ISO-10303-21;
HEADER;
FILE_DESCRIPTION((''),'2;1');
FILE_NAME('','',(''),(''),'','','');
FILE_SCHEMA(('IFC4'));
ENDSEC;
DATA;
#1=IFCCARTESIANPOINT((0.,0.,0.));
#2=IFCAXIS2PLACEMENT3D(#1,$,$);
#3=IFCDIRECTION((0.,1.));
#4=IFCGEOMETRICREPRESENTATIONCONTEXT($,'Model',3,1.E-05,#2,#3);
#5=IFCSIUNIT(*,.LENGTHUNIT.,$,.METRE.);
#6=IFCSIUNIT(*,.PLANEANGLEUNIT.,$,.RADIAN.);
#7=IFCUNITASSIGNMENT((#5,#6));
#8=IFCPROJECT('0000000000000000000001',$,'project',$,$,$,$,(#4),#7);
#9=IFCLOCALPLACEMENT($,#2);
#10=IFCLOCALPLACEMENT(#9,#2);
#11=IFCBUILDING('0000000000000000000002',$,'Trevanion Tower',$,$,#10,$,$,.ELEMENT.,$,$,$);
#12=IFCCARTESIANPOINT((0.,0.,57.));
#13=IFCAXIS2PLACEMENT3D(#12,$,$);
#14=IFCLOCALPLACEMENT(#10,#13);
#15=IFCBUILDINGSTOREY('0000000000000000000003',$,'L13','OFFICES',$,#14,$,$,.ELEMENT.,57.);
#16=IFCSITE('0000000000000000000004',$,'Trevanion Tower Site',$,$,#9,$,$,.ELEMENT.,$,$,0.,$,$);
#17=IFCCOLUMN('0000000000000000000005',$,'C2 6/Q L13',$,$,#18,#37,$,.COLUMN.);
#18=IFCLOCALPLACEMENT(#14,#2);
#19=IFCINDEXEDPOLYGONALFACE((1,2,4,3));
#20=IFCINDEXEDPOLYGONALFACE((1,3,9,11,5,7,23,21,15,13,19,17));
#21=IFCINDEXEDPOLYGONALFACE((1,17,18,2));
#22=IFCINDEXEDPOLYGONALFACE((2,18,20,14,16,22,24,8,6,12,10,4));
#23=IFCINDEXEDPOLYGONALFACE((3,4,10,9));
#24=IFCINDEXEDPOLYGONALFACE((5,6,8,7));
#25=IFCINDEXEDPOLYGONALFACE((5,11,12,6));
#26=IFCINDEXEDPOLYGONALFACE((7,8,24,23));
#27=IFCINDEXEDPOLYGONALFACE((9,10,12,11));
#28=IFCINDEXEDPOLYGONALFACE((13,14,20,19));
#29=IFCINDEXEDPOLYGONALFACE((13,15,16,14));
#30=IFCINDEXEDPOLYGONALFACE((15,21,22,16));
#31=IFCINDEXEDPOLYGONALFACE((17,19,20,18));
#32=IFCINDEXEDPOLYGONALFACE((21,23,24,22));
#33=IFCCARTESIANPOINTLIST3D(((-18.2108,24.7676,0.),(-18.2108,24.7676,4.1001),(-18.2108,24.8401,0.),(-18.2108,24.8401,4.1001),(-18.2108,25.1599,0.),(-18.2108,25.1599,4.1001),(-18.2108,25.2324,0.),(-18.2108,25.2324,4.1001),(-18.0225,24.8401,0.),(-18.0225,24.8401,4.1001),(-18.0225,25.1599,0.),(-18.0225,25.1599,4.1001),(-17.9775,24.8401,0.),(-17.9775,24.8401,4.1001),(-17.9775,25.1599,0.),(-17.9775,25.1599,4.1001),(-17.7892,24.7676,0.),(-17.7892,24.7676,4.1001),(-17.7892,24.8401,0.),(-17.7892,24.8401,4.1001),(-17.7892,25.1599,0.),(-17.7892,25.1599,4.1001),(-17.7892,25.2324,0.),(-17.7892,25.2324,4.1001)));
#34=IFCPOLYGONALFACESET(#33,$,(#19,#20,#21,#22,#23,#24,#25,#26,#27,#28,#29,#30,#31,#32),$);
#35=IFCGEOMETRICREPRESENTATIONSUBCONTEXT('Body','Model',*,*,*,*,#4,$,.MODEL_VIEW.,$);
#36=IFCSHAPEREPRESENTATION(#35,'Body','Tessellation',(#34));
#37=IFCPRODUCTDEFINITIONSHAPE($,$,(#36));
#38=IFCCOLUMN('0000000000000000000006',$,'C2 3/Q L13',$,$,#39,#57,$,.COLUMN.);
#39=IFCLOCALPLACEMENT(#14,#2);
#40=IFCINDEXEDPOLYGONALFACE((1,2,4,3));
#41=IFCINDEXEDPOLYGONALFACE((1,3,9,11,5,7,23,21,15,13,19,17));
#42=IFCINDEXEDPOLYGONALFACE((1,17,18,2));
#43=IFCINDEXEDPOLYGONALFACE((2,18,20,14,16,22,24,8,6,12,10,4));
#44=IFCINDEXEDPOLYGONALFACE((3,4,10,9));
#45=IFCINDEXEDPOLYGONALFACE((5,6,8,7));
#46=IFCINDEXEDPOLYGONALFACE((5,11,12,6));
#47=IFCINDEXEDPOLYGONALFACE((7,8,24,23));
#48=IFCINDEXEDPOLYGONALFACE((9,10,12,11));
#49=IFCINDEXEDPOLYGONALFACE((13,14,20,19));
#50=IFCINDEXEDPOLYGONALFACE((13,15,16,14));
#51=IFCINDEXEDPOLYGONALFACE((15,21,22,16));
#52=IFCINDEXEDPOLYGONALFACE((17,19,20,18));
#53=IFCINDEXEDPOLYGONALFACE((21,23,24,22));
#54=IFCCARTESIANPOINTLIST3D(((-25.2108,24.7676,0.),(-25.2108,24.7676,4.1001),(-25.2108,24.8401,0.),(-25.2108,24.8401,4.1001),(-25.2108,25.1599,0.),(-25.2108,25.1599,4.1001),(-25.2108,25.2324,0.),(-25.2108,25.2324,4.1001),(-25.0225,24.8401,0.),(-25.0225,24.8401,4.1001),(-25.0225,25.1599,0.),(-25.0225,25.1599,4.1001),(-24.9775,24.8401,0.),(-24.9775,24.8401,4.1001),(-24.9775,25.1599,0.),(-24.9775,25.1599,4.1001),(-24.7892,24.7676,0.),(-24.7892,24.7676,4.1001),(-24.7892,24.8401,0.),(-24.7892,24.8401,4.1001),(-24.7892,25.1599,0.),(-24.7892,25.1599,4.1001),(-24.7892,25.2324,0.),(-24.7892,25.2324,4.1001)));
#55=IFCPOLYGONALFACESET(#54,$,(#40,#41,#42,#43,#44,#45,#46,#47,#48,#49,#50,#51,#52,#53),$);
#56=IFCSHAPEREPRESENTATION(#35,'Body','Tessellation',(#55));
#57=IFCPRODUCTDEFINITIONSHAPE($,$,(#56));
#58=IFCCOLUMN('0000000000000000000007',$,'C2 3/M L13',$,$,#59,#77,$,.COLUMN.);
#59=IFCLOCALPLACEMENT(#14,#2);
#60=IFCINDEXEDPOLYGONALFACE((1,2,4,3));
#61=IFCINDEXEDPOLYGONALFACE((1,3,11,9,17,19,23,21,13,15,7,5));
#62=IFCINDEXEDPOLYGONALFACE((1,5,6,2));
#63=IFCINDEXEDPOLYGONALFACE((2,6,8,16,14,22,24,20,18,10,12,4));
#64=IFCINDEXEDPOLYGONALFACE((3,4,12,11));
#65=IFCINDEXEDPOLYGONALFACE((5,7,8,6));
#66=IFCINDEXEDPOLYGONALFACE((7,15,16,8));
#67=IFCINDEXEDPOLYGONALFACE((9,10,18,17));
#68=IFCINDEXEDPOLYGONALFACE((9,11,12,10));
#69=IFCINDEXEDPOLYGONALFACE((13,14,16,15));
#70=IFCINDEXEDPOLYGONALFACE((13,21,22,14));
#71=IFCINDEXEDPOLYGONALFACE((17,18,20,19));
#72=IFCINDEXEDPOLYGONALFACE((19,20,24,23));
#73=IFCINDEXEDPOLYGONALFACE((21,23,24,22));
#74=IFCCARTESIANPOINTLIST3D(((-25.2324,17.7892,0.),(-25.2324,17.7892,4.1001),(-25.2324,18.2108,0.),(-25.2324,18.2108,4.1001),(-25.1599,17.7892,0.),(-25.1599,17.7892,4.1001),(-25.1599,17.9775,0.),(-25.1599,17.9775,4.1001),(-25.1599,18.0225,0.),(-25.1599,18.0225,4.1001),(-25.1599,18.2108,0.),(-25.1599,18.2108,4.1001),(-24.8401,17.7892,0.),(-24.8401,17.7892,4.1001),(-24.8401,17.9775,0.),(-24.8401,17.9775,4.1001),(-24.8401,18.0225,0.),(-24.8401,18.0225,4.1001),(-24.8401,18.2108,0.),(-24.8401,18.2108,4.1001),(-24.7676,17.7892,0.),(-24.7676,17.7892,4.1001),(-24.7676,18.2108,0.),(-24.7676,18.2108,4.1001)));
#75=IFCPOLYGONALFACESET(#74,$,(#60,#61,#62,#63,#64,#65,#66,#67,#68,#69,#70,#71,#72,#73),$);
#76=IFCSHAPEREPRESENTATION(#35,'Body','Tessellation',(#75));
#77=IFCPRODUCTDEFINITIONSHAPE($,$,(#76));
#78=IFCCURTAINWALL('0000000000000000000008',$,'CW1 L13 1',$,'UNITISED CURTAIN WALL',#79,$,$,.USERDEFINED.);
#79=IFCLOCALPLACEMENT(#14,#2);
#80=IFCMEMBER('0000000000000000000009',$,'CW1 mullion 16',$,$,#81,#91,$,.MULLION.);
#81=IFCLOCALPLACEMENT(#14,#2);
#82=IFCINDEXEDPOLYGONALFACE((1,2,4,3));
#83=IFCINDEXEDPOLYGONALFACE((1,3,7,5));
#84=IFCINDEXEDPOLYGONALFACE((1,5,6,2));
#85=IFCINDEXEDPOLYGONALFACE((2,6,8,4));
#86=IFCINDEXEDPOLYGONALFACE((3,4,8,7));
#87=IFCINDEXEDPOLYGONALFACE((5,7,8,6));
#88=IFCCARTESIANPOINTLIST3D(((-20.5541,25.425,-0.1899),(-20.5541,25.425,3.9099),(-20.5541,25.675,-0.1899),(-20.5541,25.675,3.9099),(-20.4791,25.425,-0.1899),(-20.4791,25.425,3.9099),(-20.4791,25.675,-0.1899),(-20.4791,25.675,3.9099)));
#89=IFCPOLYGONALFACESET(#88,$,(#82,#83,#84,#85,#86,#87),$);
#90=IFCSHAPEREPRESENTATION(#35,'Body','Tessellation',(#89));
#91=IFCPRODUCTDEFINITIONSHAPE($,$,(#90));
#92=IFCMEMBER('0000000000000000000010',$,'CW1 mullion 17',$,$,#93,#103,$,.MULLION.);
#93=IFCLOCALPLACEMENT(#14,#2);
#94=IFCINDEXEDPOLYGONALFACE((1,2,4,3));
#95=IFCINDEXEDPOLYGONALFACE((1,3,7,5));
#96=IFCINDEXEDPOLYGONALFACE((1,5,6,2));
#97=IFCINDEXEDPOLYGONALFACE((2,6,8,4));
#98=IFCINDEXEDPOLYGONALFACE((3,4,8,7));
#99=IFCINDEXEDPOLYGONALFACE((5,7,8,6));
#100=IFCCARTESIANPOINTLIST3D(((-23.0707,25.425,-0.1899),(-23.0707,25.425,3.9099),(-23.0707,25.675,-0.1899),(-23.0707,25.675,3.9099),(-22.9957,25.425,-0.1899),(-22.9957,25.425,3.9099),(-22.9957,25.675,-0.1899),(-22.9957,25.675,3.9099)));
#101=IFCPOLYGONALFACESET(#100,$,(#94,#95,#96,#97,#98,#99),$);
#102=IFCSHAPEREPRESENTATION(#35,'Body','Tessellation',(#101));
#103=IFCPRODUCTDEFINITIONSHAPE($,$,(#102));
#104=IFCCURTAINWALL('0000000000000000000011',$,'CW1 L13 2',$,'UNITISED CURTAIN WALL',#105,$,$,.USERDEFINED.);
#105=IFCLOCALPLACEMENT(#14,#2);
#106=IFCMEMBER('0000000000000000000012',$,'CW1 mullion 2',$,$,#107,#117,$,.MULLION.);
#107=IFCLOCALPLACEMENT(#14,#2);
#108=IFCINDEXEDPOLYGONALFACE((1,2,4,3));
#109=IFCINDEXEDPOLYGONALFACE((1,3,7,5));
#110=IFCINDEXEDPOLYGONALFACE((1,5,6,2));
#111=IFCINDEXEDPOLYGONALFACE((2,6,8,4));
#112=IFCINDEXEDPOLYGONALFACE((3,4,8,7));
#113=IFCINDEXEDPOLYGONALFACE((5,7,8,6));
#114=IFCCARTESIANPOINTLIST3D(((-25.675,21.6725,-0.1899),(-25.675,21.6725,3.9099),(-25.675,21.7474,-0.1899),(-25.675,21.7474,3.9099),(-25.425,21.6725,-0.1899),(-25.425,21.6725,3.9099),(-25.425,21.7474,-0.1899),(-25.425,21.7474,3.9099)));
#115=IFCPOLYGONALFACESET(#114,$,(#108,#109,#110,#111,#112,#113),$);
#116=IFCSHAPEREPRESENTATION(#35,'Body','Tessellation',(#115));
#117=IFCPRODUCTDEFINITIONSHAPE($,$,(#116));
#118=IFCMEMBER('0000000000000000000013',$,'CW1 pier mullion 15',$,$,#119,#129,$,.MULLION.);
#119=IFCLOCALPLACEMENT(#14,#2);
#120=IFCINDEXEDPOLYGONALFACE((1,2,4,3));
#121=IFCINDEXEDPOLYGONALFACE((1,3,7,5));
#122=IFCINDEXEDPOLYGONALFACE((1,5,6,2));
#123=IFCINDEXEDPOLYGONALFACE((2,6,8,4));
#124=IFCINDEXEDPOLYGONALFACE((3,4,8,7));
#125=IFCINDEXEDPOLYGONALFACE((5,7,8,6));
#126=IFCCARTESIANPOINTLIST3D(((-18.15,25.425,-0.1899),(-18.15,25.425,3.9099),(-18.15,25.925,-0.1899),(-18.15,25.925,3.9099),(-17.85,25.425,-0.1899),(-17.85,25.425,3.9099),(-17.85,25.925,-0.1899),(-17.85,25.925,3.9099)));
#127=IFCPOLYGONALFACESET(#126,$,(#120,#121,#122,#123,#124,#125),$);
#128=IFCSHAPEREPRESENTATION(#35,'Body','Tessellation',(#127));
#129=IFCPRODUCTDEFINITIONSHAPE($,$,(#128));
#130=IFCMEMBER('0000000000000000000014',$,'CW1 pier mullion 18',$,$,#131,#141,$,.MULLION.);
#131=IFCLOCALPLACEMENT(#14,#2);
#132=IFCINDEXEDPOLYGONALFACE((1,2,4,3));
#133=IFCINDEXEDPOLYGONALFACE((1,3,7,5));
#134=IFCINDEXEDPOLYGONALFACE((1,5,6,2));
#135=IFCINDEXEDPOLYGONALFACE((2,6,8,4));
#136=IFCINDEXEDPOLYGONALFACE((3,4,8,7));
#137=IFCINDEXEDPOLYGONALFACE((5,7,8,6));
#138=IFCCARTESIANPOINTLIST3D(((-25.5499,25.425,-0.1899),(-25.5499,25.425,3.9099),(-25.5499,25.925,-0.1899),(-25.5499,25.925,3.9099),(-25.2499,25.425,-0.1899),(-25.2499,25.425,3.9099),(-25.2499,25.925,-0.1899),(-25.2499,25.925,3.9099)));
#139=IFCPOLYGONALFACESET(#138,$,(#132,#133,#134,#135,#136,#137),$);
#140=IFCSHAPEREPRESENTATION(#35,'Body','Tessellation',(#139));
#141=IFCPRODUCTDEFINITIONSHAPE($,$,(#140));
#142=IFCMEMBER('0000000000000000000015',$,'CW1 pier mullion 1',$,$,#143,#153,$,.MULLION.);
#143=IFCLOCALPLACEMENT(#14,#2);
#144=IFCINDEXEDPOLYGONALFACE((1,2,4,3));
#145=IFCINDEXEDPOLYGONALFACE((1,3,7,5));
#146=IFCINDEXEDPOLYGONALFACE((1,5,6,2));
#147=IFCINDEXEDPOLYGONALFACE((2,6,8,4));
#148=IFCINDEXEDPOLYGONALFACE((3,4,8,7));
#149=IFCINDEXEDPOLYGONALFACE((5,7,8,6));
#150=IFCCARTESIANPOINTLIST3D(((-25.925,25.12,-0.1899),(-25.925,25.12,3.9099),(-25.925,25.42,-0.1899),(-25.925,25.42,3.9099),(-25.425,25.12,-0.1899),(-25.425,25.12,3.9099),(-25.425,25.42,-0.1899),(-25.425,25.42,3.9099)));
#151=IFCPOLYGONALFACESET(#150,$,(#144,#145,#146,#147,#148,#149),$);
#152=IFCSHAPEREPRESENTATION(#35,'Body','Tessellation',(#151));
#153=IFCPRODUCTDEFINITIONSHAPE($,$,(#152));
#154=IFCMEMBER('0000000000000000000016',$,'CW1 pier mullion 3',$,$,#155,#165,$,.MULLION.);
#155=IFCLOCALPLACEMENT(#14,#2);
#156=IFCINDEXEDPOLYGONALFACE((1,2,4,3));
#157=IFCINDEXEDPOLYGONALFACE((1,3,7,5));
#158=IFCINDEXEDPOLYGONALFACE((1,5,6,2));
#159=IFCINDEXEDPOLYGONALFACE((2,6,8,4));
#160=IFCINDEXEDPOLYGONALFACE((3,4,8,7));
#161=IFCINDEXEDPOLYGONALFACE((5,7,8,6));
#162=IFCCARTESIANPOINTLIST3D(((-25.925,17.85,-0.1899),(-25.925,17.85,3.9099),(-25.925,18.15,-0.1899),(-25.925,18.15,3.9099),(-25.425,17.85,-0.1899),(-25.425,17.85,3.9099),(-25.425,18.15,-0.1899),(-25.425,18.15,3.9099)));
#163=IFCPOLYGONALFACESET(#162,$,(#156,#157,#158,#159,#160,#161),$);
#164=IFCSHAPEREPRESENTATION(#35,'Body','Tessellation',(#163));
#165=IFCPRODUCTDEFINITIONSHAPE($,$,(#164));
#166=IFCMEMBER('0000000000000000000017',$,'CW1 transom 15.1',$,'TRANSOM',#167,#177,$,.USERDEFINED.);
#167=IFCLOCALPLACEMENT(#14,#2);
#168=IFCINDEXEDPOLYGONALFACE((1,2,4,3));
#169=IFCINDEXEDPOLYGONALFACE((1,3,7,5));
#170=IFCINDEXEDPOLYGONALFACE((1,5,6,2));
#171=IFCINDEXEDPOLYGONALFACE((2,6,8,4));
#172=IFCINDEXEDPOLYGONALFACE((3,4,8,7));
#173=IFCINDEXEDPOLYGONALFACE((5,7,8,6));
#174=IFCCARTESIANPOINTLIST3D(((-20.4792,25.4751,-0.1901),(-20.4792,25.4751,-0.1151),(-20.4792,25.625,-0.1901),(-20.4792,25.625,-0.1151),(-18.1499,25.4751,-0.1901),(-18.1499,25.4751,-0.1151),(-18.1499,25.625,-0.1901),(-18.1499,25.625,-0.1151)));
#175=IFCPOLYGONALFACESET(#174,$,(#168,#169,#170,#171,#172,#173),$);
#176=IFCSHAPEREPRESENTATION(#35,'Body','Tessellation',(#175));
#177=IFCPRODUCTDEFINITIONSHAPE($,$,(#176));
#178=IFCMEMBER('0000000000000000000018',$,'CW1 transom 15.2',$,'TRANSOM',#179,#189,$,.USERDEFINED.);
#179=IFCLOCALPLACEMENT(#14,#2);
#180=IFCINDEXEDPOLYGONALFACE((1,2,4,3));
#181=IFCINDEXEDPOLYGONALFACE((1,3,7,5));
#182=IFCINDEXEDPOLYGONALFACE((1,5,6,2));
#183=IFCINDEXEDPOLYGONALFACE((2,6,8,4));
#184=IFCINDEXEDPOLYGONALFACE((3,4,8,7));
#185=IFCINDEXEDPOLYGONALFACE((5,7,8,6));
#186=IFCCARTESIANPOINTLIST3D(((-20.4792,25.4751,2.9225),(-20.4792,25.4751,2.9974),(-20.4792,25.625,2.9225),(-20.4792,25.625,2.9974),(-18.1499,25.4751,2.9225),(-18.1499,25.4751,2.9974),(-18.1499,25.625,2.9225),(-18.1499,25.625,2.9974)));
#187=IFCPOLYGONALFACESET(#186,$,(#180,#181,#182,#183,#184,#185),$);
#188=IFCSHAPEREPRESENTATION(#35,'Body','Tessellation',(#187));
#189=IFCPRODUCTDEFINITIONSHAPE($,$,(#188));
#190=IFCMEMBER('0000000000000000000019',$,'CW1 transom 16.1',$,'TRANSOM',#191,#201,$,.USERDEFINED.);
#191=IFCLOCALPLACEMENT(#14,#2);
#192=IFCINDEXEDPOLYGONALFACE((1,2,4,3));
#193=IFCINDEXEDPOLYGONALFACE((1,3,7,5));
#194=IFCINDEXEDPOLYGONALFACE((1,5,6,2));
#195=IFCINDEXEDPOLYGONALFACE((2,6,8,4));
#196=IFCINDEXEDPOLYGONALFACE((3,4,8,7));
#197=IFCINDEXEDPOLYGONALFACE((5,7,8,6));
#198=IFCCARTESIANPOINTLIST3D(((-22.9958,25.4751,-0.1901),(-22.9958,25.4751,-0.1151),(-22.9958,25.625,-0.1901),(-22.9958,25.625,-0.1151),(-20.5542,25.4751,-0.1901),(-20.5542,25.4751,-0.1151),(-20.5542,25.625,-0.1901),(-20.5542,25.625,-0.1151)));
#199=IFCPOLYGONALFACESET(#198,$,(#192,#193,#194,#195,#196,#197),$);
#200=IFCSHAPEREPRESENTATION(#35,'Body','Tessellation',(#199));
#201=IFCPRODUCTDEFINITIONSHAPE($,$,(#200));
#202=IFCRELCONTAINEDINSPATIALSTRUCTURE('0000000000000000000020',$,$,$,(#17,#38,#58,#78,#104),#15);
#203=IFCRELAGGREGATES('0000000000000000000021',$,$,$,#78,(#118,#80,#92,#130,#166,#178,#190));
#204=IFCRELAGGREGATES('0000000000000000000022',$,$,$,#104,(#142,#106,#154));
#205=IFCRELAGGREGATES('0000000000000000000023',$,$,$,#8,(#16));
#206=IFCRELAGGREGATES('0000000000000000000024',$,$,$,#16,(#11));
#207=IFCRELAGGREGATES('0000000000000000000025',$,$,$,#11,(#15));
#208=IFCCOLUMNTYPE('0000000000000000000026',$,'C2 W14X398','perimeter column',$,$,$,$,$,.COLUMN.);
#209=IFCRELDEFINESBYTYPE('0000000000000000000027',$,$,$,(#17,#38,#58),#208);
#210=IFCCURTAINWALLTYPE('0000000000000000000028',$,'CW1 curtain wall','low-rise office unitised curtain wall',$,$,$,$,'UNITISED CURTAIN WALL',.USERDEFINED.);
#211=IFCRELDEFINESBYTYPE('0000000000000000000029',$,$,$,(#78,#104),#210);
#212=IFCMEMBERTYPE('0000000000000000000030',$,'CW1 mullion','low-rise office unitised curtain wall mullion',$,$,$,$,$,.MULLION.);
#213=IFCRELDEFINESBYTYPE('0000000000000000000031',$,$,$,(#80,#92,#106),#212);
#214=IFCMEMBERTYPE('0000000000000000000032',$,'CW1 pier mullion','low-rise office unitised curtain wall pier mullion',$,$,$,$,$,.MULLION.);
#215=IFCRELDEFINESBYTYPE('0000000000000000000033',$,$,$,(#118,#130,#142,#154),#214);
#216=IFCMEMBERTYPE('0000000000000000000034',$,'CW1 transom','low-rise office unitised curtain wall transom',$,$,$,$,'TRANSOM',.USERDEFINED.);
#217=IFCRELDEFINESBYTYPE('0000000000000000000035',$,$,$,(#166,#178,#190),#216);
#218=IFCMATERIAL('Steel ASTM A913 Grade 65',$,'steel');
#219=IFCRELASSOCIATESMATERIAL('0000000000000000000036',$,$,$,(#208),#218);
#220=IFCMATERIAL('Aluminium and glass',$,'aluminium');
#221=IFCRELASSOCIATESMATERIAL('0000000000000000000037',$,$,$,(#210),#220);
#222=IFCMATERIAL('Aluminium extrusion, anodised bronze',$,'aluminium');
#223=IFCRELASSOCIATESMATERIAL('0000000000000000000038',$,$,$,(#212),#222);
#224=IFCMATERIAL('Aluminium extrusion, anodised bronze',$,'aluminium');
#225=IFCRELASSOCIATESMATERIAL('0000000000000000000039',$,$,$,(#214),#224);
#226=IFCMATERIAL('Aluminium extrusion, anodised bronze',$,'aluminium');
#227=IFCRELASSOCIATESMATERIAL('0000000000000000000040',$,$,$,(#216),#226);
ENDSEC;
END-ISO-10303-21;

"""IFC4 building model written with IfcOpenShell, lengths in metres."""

from ifc_helpers import new_model, si_unit, direction, frame, origin, origin_2d, place, context, subcontext, project, spatial, rectangle, i_section, extrude, material, material_profile, profile_set, type_object, element, aggregate, save


model = new_model("IFC4")

# Units and contexts
model_context = context("Model", 3, precision=1e-05, world=origin(), true_north=direction((0.0, 1.0)))
body_context = subcontext(model_context, "Body", "Model", "MODEL_VIEW")
ifc_project = project(units=[si_unit("LENGTHUNIT", "METRE"), si_unit("PLANEANGLEUNIT", "RADIAN")], contexts=[model_context])

# Site, building, storey
site_placement = place(None, origin())
site = spatial("IfcSite", under=ifc_project, at=site_placement, Name="Trevanion Tower Site", CompositionType="ELEMENT", RefElevation=0.0)
building_placement = place(site_placement, origin())
building = spatial("IfcBuilding", under=site, at=building_placement, Name="Trevanion Tower", CompositionType="ELEMENT")
storey_placement = place(building_placement, frame((0.0, 0.0, 57.0)))
storey = spatial("IfcBuildingStorey", under=building, at=storey_placement, Name="L13", Description="OFFICES", CompositionType="ELEMENT", Elevation=57.0)

# Columns
ifc_material_1 = material(Name="Steel ASTM A913 Grade 65", Category="steel")
ifc_material_profile_1 = material_profile(ifc_material_1, i_section(OverallWidth=0.4216, OverallDepth=0.4648, WebThickness=0.0449, FlangeThickness=0.0725, at=origin_2d()), Name="W14X398")
ifc_profile_set_1 = profile_set([ifc_material_profile_1], Name="Steel ASTM A913 Grade 65")
column_type = type_object("IfcColumnType", Name="C2 W14X398", Description="perimeter column", PredefinedType="COLUMN", material=ifc_profile_set_1)
for number, where, z_axis, x_axis, name in (
    (1, (-18.0, 25.0, 0.0), (0.0, 0.0, 1.0), (1.0, 0.0, 0.0), "C2 6/Q L13"),
    (2, (-25.0, 25.0, 0.0), (0.0, 0.0, 1.0), (1.0, 0.0, 0.0), "C2 3/Q L13"),
    (3, (-25.0, 18.0, 0.0), (0.0, 0.0, 1.0), (0.0, 1.0, 0.0), "C2 3/M L13"),
):
    element("IfcColumn", number, at=place(storey_placement, frame(where, z_axis=z_axis, x_axis=x_axis)), inside=storey, type_object=column_type, Name=name, PredefinedType="COLUMN", context=body_context, shape_type="SweptSolid", body=[
        extrude(i_section(OverallWidth=0.4216, OverallDepth=0.4648, WebThickness=0.0449, FlangeThickness=0.0725, at=origin_2d()), origin(), (0.0, 0.0, 1.0), 4.1001),
    ])

# Curtain wall, members
ifc_material_2 = material(Name="Aluminium and glass", Category="aluminium")
curtain_wall_type = type_object("IfcCurtainWallType", Name="CW1 curtain wall", Description="low-rise office unitised curtain wall", ElementType="UNITISED CURTAIN WALL", PredefinedType="USERDEFINED", material=ifc_material_2)
curtain_wall_1_placement = place(storey_placement, origin())
curtain_wall_1 = element("IfcCurtainWall", 4, at=curtain_wall_1_placement, inside=storey, type_object=curtain_wall_type, Name="CW1 L13 1", ObjectType="UNITISED CURTAIN WALL", PredefinedType="USERDEFINED")
ifc_material_3 = material(Name="Aluminium extrusion, anodised bronze", Category="aluminium")
ifc_material_profile_2 = material_profile(ifc_material_3, rectangle(XDim=0.075, YDim=0.25, at=origin_2d()), Name="CW1 mullion")
ifc_profile_set_2 = profile_set([ifc_material_profile_2], Name="Aluminium extrusion, anodised bronze")
member_type_1 = type_object("IfcMemberType", Name="CW1 mullion", Description="low-rise office unitised curtain wall mullion", PredefinedType="MULLION", material=ifc_profile_set_2)
member_1_placement = place(storey_placement, frame((-20.5166, 25.55, -0.1899), z_axis=(0.0, 0.0, 1.0), x_axis=(-1.0, 0.0, 0.0)))
member_1 = element("IfcMember", 5, at=member_1_placement, type_object=member_type_1, Name="CW1 mullion 16", PredefinedType="MULLION", context=body_context, shape_type="SweptSolid", body=[
    extrude(rectangle(XDim=0.075, YDim=0.25, at=origin_2d()), origin(), (0.0, 0.0, 1.0), 4.0999),
])
member_2_placement = place(storey_placement, frame((-23.0332, 25.55, -0.1899), z_axis=(0.0, 0.0, 1.0), x_axis=(-1.0, 0.0, 0.0)))
member_2 = element("IfcMember", 6, at=member_2_placement, type_object=member_type_1, Name="CW1 mullion 17", PredefinedType="MULLION", context=body_context, shape_type="SweptSolid", body=[
    extrude(rectangle(XDim=0.075, YDim=0.25, at=origin_2d()), origin(), (0.0, 0.0, 1.0), 4.0999),
])

# Curtain wall, member
curtain_wall_2_placement = place(storey_placement, origin())
curtain_wall_2 = element("IfcCurtainWall", 7, at=curtain_wall_2_placement, inside=storey, type_object=curtain_wall_type, Name="CW1 L13 2", ObjectType="UNITISED CURTAIN WALL", PredefinedType="USERDEFINED")
member_3_placement = place(storey_placement, frame((-25.55, 21.71, -0.1899), z_axis=(0.0, 0.0, 1.0), x_axis=(0.0, -1.0, 0.0)))
member_3 = element("IfcMember", 8, at=member_3_placement, type_object=member_type_1, Name="CW1 mullion 2", PredefinedType="MULLION", context=body_context, shape_type="SweptSolid", body=[
    extrude(rectangle(XDim=0.075, YDim=0.25, at=origin_2d()), origin(), (0.0, 0.0, 1.0), 4.0999),
])

# Members
ifc_material_4 = material(Name="Aluminium extrusion, anodised bronze", Category="aluminium")
ifc_material_profile_3 = material_profile(ifc_material_4, rectangle(XDim=0.3, YDim=0.5, at=origin_2d()), Name="CW1 pier mullion")
ifc_profile_set_3 = profile_set([ifc_material_profile_3], Name="Aluminium extrusion, anodised bronze")
member_type_2 = type_object("IfcMemberType", Name="CW1 pier mullion", Description="low-rise office unitised curtain wall pier mullion", PredefinedType="MULLION", material=ifc_profile_set_3)
member_4_placement = place(storey_placement, frame((-18.0, 25.675, -0.1899), z_axis=(0.0, 0.0, 1.0), x_axis=(-1.0, 0.0, 0.0)))
member_4 = element("IfcMember", 9, at=member_4_placement, type_object=member_type_2, Name="CW1 pier mullion 15", PredefinedType="MULLION", context=body_context, shape_type="SweptSolid", body=[
    extrude(rectangle(XDim=0.3, YDim=0.5, at=origin_2d()), origin(), (0.0, 0.0, 1.0), 4.0999),
])
member_5_placement = place(storey_placement, frame((-25.3999, 25.675, -0.1899), z_axis=(0.0, 0.0, 1.0), x_axis=(-1.0, 0.0, 0.0)))
member_5 = element("IfcMember", 10, at=member_5_placement, type_object=member_type_2, Name="CW1 pier mullion 18", PredefinedType="MULLION", context=body_context, shape_type="SweptSolid", body=[
    extrude(rectangle(XDim=0.3, YDim=0.5, at=origin_2d()), origin(), (0.0, 0.0, 1.0), 4.0999),
])
member_6_placement = place(storey_placement, frame((-25.675, 25.27, -0.1899), z_axis=(0.0, 0.0, 1.0), x_axis=(0.0, -1.0, 0.0)))
member_6 = element("IfcMember", 11, at=member_6_placement, type_object=member_type_2, Name="CW1 pier mullion 1", PredefinedType="MULLION", context=body_context, shape_type="SweptSolid", body=[
    extrude(rectangle(XDim=0.3, YDim=0.5, at=origin_2d()), origin(), (0.0, 0.0, 1.0), 4.0999),
])
member_7_placement = place(storey_placement, frame((-25.675, 18.0, -0.1899), z_axis=(0.0, 0.0, 1.0), x_axis=(0.0, -1.0, 0.0)))
member_7 = element("IfcMember", 12, at=member_7_placement, type_object=member_type_2, Name="CW1 pier mullion 3", PredefinedType="MULLION", context=body_context, shape_type="SweptSolid", body=[
    extrude(rectangle(XDim=0.3, YDim=0.5, at=origin_2d()), origin(), (0.0, 0.0, 1.0), 4.0999),
])
ifc_material_5 = material(Name="Aluminium extrusion, anodised bronze", Category="aluminium")
ifc_material_profile_4 = material_profile(ifc_material_5, rectangle(XDim=0.1499, YDim=0.075, at=origin_2d()), Name="CW1 transom")
ifc_profile_set_4 = profile_set([ifc_material_profile_4], Name="Aluminium extrusion, anodised bronze")
member_type_3 = type_object("IfcMemberType", Name="CW1 transom", Description="low-rise office unitised curtain wall transom", ElementType="TRANSOM", PredefinedType="USERDEFINED", material=ifc_profile_set_4)
member_8_placement = place(storey_placement, frame((-18.1499, 25.55, -0.1526), z_axis=(-1.0, 0.0, 0.0), x_axis=(0.0, -1.0, 0.0)))
member_8 = element("IfcMember", 13, at=member_8_placement, type_object=member_type_3, Name="CW1 transom 15.1", ObjectType="TRANSOM", PredefinedType="USERDEFINED", context=body_context, shape_type="SweptSolid", body=[
    extrude(rectangle(XDim=0.1499, YDim=0.075, at=origin_2d()), origin(), (0.0, 0.0, 1.0), 2.3293),
])
member_9_placement = place(storey_placement, frame((-18.1499, 25.55, 2.96), z_axis=(-1.0, 0.0, 0.0), x_axis=(0.0, -1.0, 0.0)))
member_9 = element("IfcMember", 14, at=member_9_placement, type_object=member_type_3, Name="CW1 transom 15.2", ObjectType="TRANSOM", PredefinedType="USERDEFINED", context=body_context, shape_type="SweptSolid", body=[
    extrude(rectangle(XDim=0.1499, YDim=0.075, at=origin_2d()), origin(), (0.0, 0.0, 1.0), 2.3293),
])
member_10_placement = place(storey_placement, frame((-20.5542, 25.55, -0.1526), z_axis=(-1.0, 0.0, 0.0), x_axis=(0.0, -1.0, 0.0)))
member_10 = element("IfcMember", 15, at=member_10_placement, type_object=member_type_3, Name="CW1 transom 16.1", ObjectType="TRANSOM", PredefinedType="USERDEFINED", context=body_context, shape_type="SweptSolid", body=[
    extrude(rectangle(XDim=0.1499, YDim=0.075, at=origin_2d()), origin(), (0.0, 0.0, 1.0), 2.4417),
])

aggregate(curtain_wall_1, [member_4, member_1, member_2, member_5, member_8, member_9, member_10])
aggregate(curtain_wall_2, [member_6, member_3, member_7])

save(model, "model.ifc")
